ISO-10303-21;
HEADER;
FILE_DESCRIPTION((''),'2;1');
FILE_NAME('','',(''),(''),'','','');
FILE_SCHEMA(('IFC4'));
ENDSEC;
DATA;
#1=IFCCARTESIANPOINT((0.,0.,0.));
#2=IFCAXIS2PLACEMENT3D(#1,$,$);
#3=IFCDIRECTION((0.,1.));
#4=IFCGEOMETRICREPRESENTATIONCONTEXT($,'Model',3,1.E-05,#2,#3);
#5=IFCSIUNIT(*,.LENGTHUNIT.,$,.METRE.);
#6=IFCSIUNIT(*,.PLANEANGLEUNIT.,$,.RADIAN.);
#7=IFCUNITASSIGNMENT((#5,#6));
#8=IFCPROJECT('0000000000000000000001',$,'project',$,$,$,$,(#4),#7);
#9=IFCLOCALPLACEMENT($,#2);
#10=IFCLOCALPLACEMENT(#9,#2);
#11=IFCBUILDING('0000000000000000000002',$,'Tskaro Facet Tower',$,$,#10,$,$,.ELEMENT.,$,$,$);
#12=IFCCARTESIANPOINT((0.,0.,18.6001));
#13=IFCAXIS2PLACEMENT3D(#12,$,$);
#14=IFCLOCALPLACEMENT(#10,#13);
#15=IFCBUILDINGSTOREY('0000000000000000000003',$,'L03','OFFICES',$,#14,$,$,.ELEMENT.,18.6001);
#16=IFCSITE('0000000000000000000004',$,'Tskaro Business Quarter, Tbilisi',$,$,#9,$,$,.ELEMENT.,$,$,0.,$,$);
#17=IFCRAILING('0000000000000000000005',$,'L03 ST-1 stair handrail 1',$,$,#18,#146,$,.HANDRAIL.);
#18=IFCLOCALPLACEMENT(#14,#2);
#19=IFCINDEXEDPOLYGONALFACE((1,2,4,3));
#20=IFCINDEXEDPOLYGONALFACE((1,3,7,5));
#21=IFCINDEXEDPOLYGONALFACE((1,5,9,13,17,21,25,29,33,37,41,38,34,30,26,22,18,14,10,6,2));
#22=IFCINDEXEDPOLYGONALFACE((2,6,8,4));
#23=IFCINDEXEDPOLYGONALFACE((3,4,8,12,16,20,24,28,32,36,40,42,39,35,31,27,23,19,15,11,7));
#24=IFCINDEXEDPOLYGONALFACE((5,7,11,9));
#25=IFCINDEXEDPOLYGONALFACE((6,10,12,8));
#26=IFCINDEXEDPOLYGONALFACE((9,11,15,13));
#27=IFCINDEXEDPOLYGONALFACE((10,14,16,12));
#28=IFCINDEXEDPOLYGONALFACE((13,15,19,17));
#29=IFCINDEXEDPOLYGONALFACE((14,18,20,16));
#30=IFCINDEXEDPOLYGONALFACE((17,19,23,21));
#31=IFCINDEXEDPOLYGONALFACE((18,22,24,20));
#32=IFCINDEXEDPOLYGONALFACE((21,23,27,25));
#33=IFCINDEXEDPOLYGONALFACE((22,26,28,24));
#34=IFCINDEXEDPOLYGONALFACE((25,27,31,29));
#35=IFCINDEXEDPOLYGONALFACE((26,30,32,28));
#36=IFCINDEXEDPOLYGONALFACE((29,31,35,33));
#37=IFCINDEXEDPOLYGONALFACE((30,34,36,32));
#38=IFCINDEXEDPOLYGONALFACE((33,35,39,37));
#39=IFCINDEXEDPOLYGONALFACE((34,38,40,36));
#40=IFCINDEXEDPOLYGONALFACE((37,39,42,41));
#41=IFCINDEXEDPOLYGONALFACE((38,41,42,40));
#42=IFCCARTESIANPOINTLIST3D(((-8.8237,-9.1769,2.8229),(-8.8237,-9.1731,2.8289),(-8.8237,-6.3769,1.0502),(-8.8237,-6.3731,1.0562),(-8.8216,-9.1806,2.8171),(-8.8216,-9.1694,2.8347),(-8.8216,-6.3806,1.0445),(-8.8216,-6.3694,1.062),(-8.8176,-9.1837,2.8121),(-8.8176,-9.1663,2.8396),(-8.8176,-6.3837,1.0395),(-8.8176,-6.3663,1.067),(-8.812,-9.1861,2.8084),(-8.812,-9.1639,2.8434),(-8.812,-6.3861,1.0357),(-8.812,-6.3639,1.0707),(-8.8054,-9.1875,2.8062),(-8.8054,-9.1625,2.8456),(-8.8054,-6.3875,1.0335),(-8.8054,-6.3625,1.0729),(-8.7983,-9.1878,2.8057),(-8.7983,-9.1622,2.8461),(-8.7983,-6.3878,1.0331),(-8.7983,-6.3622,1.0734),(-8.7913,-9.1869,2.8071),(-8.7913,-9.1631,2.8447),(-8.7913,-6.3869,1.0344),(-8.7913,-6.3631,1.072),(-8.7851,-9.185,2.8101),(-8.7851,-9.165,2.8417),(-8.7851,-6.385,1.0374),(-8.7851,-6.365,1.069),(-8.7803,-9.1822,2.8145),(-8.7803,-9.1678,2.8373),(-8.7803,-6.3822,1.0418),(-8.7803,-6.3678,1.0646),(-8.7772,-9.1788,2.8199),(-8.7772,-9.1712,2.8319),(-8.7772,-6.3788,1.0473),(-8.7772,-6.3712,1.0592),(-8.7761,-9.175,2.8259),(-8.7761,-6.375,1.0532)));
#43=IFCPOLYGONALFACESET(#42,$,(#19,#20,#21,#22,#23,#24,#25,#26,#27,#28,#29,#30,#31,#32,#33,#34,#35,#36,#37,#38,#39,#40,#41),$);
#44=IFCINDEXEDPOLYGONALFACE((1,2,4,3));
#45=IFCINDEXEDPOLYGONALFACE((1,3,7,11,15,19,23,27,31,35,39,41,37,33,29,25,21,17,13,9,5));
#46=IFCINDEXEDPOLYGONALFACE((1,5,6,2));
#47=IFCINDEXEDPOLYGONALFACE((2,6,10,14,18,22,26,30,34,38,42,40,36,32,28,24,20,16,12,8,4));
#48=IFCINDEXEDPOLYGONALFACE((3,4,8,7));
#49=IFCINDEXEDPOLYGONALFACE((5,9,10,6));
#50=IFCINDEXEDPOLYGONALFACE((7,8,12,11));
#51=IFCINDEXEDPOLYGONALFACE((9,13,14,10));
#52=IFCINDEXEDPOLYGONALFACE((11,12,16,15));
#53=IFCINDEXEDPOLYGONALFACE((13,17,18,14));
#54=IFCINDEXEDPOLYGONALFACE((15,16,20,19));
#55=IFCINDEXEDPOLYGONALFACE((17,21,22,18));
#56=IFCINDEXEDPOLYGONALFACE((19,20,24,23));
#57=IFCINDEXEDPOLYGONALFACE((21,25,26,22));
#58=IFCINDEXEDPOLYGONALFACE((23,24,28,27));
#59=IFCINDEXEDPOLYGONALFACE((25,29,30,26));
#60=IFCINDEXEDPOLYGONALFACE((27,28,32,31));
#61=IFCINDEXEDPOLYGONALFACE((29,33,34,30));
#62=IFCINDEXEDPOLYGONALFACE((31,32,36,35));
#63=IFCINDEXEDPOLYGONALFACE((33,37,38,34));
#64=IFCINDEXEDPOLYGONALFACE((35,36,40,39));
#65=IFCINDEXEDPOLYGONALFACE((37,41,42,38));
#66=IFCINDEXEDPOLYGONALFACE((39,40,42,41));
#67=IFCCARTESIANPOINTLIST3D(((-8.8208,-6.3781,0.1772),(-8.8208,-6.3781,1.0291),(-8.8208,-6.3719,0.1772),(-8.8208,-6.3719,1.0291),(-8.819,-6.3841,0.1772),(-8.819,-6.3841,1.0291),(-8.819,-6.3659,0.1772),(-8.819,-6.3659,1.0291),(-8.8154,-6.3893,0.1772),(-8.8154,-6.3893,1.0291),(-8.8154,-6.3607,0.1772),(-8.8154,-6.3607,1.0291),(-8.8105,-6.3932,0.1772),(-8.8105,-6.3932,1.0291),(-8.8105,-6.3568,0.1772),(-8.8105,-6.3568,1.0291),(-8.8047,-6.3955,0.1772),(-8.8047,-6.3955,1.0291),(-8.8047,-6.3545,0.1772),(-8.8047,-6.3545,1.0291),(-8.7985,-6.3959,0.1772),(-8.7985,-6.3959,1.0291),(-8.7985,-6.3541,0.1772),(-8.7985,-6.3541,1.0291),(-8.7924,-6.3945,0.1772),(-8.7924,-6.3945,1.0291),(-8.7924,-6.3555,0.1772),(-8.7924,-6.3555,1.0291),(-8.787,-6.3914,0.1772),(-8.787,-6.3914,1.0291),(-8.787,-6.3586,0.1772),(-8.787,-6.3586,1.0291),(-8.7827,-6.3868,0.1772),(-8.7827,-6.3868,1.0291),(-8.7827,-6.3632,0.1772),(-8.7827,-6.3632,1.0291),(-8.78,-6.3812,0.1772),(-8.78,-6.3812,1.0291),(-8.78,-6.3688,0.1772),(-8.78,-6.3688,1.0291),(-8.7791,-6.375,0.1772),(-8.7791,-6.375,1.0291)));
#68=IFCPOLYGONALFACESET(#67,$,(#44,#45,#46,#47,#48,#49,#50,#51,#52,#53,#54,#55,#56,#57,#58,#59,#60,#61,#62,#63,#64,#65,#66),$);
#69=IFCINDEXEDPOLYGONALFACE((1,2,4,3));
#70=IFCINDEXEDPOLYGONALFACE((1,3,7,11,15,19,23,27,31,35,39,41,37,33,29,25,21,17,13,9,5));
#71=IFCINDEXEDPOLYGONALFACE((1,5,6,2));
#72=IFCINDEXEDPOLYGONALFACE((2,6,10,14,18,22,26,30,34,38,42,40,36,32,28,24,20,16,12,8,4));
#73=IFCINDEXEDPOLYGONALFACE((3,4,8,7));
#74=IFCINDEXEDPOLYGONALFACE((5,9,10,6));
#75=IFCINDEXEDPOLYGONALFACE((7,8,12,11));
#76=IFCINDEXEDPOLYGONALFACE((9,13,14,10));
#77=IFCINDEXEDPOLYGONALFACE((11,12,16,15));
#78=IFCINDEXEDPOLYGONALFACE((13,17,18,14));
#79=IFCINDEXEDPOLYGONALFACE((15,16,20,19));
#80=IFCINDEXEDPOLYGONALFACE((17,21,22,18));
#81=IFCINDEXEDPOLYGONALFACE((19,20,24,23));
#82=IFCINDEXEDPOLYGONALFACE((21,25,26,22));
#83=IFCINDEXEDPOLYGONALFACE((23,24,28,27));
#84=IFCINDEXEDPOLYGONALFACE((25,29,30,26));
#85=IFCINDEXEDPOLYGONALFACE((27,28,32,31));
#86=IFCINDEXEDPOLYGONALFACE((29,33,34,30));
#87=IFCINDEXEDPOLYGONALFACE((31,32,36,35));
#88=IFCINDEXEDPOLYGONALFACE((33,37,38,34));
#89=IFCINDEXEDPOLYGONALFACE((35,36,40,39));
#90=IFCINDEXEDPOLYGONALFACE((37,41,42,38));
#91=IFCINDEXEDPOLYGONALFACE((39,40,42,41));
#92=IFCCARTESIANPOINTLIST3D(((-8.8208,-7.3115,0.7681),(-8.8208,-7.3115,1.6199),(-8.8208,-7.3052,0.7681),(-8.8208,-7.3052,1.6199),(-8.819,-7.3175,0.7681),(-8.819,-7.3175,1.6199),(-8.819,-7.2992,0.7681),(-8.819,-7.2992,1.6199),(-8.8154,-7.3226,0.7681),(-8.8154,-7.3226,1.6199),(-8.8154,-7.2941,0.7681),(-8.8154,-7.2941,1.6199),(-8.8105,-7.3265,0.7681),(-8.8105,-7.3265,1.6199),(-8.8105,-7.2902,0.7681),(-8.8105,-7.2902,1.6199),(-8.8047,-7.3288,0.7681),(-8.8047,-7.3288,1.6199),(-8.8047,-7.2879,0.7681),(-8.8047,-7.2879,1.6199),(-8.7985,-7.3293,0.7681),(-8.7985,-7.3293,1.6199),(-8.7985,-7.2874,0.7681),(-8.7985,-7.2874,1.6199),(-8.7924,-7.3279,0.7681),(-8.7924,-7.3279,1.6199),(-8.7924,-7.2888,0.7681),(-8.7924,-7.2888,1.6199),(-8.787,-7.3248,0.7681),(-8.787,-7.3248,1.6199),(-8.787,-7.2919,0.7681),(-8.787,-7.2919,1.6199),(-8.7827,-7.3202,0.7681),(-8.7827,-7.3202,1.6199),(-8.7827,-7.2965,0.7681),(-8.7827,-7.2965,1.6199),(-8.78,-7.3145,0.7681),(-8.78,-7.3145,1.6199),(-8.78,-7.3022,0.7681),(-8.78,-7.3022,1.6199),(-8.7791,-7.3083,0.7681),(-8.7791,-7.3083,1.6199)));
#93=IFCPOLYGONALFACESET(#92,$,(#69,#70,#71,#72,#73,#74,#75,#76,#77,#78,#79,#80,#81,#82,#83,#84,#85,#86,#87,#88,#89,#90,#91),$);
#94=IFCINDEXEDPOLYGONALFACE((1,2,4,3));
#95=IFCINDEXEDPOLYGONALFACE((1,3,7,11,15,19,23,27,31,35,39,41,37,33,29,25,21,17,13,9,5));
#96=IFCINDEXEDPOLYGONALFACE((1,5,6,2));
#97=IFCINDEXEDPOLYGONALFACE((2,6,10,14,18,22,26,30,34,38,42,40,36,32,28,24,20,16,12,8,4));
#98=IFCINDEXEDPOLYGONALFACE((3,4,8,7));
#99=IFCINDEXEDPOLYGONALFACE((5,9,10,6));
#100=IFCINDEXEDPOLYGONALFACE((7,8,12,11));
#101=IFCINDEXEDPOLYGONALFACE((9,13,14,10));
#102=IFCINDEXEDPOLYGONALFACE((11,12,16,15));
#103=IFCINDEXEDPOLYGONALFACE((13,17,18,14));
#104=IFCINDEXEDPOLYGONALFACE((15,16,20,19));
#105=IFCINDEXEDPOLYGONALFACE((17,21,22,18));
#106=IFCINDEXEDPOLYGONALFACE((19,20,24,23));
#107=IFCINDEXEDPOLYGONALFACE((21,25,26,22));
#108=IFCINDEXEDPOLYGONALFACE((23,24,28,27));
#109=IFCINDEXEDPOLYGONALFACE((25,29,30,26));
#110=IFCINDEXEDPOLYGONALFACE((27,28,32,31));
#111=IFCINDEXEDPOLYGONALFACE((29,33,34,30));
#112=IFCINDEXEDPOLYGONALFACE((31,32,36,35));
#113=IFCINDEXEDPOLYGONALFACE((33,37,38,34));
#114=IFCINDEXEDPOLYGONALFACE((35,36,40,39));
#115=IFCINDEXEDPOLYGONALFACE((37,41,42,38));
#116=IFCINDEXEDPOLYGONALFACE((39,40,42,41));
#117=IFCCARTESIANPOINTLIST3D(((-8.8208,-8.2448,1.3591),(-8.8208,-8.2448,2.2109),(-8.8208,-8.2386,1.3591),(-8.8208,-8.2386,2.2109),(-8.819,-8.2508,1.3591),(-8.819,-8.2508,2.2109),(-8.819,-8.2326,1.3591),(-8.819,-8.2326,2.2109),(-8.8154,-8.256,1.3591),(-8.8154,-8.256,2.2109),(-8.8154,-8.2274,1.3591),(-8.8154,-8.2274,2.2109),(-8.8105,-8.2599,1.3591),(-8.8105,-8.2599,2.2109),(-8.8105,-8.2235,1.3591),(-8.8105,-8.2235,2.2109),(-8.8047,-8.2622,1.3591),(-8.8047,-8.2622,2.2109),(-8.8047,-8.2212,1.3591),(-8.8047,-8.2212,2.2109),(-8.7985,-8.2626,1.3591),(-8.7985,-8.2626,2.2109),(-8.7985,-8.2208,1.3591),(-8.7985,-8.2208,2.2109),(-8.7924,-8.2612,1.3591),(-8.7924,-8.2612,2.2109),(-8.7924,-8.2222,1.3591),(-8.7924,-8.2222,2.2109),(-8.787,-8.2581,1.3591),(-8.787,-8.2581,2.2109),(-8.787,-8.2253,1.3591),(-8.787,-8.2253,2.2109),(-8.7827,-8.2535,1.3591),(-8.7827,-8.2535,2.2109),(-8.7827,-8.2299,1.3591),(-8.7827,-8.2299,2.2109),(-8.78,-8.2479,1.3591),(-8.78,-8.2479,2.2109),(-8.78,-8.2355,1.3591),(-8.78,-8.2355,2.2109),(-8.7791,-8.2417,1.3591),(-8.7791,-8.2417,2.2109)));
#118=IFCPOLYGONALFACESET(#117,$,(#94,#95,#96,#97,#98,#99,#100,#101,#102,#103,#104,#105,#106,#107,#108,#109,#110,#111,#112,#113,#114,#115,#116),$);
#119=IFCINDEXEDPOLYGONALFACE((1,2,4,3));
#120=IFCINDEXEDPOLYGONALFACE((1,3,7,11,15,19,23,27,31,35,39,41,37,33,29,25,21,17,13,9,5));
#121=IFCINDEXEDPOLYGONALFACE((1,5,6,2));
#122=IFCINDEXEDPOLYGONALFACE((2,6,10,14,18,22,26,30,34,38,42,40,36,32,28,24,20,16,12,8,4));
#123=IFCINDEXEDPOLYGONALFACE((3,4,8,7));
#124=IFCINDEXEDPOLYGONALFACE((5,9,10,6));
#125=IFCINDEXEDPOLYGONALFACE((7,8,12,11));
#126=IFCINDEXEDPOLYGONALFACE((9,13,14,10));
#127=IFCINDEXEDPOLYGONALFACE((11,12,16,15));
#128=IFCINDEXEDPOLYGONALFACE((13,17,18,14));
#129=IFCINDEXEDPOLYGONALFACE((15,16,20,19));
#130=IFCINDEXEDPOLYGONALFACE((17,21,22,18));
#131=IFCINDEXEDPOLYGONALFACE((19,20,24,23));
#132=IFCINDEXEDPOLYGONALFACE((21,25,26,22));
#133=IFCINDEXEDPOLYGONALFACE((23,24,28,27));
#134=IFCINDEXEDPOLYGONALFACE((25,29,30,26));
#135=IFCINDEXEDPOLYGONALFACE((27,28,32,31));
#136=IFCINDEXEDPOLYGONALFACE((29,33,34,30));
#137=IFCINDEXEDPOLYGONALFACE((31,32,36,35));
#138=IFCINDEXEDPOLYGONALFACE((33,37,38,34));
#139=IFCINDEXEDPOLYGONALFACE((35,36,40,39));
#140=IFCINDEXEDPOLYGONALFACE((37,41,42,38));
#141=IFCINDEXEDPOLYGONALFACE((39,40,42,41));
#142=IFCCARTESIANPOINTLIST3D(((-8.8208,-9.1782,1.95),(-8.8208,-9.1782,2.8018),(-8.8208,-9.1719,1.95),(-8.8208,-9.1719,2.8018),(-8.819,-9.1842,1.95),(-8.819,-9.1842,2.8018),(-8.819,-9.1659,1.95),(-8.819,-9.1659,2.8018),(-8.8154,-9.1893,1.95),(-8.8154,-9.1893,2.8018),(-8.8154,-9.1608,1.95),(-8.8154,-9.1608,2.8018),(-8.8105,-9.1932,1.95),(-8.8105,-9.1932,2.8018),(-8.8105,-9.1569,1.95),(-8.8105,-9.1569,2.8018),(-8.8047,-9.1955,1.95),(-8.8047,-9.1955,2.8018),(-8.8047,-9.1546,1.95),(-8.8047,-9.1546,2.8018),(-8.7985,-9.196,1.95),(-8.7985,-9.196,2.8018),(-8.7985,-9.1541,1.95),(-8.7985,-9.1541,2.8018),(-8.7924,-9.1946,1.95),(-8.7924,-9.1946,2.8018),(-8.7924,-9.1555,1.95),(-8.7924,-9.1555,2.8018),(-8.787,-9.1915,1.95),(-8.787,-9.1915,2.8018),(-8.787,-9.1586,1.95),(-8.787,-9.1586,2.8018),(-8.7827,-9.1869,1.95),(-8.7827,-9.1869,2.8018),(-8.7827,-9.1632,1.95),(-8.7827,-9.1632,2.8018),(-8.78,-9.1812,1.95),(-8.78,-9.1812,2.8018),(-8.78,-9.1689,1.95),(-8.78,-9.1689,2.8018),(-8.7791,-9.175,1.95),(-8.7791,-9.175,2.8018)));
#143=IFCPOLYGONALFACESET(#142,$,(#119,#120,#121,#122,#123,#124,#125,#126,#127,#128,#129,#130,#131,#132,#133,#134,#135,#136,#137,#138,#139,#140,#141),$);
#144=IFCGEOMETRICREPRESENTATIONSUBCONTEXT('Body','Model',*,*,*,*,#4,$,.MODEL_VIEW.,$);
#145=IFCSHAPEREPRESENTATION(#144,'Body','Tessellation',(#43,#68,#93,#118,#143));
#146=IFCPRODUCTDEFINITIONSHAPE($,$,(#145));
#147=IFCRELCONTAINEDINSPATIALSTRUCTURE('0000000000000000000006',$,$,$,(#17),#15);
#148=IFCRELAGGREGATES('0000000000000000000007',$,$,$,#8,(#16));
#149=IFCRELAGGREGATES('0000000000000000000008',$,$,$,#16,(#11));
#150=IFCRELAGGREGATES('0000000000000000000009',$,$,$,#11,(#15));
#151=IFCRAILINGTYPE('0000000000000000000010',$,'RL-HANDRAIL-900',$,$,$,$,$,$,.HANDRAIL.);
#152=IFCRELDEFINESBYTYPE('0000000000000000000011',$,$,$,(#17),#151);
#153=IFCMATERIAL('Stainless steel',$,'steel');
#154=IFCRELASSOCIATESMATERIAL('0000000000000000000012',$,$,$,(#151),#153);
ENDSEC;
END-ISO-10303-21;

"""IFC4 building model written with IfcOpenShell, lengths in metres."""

from ifc_helpers import new_model, si_unit, direction, frame, origin, origin_2d, place, context, subcontext, project, spatial, circle, extrude, material, type_object, element, save


model = new_model("IFC4")

# Units and contexts
model_context = context("Model", 3, precision=1e-05, world=origin(), true_north=direction((0.0, 1.0)))
body_context = subcontext(model_context, "Body", "Model", "MODEL_VIEW")
ifc_project = project(units=[si_unit("LENGTHUNIT", "METRE"), si_unit("PLANEANGLEUNIT", "RADIAN")], contexts=[model_context])

# Site, building, storey
site_placement = place(None, origin())
site = spatial("IfcSite", under=ifc_project, at=site_placement, Name="Tskaro Business Quarter, Tbilisi", CompositionType="ELEMENT", RefElevation=0.0)
building_placement = place(site_placement, origin())
building = spatial("IfcBuilding", under=site, at=building_placement, Name="Tskaro Facet Tower", CompositionType="ELEMENT")
storey_placement = place(building_placement, frame((0.0, 0.0, 18.6001)))
storey = spatial("IfcBuildingStorey", under=building, at=storey_placement, Name="L03", Description="OFFICES", CompositionType="ELEMENT", Elevation=18.6001)

# Shared definitions
ifc_material_1 = material(Name="Stainless steel", Category="steel")

# Railing
railing_type_1 = type_object("IfcRailingType", Name="RL-HANDRAIL-900", PredefinedType="HANDRAIL", material=ifc_material_1)
railing_1_placement = place(storey_placement, frame((-8.8, -6.375, 0.1772)))
element("IfcRailing", 1, at=railing_1_placement, inside=storey, type_object=railing_type_1, Name="L03 ST-1 stair handrail 1", PredefinedType="HANDRAIL", context=body_context, shape_type="SweptSolid", body=[
    extrude(circle(Radius=0.0239, at=origin_2d()), frame((0.0, 0.0, 0.876), z_axis=(0.0, -0.844909, 0.53491), x_axis=(1.0, 0.0, 0.0)), (0.0, 0.0, 1.0), 3.314),
    extrude(circle(Radius=0.021, at=origin_2d()), origin(), (0.0, 0.0, 1.0), 0.8518),
    extrude(circle(Radius=0.021, at=origin_2d()), frame((0.0, -0.9333, 0.5908)), (0.0, 0.0, 1.0), 0.8518),
    extrude(circle(Radius=0.021, at=origin_2d()), frame((0.0, -1.8667, 1.1819)), (0.0, 0.0, 1.0), 0.8518),
    extrude(circle(Radius=0.021, at=origin_2d()), frame((0.0, -2.8, 1.7727)), (0.0, 0.0, 1.0), 0.8518),
])

save(model, "model.ifc")
